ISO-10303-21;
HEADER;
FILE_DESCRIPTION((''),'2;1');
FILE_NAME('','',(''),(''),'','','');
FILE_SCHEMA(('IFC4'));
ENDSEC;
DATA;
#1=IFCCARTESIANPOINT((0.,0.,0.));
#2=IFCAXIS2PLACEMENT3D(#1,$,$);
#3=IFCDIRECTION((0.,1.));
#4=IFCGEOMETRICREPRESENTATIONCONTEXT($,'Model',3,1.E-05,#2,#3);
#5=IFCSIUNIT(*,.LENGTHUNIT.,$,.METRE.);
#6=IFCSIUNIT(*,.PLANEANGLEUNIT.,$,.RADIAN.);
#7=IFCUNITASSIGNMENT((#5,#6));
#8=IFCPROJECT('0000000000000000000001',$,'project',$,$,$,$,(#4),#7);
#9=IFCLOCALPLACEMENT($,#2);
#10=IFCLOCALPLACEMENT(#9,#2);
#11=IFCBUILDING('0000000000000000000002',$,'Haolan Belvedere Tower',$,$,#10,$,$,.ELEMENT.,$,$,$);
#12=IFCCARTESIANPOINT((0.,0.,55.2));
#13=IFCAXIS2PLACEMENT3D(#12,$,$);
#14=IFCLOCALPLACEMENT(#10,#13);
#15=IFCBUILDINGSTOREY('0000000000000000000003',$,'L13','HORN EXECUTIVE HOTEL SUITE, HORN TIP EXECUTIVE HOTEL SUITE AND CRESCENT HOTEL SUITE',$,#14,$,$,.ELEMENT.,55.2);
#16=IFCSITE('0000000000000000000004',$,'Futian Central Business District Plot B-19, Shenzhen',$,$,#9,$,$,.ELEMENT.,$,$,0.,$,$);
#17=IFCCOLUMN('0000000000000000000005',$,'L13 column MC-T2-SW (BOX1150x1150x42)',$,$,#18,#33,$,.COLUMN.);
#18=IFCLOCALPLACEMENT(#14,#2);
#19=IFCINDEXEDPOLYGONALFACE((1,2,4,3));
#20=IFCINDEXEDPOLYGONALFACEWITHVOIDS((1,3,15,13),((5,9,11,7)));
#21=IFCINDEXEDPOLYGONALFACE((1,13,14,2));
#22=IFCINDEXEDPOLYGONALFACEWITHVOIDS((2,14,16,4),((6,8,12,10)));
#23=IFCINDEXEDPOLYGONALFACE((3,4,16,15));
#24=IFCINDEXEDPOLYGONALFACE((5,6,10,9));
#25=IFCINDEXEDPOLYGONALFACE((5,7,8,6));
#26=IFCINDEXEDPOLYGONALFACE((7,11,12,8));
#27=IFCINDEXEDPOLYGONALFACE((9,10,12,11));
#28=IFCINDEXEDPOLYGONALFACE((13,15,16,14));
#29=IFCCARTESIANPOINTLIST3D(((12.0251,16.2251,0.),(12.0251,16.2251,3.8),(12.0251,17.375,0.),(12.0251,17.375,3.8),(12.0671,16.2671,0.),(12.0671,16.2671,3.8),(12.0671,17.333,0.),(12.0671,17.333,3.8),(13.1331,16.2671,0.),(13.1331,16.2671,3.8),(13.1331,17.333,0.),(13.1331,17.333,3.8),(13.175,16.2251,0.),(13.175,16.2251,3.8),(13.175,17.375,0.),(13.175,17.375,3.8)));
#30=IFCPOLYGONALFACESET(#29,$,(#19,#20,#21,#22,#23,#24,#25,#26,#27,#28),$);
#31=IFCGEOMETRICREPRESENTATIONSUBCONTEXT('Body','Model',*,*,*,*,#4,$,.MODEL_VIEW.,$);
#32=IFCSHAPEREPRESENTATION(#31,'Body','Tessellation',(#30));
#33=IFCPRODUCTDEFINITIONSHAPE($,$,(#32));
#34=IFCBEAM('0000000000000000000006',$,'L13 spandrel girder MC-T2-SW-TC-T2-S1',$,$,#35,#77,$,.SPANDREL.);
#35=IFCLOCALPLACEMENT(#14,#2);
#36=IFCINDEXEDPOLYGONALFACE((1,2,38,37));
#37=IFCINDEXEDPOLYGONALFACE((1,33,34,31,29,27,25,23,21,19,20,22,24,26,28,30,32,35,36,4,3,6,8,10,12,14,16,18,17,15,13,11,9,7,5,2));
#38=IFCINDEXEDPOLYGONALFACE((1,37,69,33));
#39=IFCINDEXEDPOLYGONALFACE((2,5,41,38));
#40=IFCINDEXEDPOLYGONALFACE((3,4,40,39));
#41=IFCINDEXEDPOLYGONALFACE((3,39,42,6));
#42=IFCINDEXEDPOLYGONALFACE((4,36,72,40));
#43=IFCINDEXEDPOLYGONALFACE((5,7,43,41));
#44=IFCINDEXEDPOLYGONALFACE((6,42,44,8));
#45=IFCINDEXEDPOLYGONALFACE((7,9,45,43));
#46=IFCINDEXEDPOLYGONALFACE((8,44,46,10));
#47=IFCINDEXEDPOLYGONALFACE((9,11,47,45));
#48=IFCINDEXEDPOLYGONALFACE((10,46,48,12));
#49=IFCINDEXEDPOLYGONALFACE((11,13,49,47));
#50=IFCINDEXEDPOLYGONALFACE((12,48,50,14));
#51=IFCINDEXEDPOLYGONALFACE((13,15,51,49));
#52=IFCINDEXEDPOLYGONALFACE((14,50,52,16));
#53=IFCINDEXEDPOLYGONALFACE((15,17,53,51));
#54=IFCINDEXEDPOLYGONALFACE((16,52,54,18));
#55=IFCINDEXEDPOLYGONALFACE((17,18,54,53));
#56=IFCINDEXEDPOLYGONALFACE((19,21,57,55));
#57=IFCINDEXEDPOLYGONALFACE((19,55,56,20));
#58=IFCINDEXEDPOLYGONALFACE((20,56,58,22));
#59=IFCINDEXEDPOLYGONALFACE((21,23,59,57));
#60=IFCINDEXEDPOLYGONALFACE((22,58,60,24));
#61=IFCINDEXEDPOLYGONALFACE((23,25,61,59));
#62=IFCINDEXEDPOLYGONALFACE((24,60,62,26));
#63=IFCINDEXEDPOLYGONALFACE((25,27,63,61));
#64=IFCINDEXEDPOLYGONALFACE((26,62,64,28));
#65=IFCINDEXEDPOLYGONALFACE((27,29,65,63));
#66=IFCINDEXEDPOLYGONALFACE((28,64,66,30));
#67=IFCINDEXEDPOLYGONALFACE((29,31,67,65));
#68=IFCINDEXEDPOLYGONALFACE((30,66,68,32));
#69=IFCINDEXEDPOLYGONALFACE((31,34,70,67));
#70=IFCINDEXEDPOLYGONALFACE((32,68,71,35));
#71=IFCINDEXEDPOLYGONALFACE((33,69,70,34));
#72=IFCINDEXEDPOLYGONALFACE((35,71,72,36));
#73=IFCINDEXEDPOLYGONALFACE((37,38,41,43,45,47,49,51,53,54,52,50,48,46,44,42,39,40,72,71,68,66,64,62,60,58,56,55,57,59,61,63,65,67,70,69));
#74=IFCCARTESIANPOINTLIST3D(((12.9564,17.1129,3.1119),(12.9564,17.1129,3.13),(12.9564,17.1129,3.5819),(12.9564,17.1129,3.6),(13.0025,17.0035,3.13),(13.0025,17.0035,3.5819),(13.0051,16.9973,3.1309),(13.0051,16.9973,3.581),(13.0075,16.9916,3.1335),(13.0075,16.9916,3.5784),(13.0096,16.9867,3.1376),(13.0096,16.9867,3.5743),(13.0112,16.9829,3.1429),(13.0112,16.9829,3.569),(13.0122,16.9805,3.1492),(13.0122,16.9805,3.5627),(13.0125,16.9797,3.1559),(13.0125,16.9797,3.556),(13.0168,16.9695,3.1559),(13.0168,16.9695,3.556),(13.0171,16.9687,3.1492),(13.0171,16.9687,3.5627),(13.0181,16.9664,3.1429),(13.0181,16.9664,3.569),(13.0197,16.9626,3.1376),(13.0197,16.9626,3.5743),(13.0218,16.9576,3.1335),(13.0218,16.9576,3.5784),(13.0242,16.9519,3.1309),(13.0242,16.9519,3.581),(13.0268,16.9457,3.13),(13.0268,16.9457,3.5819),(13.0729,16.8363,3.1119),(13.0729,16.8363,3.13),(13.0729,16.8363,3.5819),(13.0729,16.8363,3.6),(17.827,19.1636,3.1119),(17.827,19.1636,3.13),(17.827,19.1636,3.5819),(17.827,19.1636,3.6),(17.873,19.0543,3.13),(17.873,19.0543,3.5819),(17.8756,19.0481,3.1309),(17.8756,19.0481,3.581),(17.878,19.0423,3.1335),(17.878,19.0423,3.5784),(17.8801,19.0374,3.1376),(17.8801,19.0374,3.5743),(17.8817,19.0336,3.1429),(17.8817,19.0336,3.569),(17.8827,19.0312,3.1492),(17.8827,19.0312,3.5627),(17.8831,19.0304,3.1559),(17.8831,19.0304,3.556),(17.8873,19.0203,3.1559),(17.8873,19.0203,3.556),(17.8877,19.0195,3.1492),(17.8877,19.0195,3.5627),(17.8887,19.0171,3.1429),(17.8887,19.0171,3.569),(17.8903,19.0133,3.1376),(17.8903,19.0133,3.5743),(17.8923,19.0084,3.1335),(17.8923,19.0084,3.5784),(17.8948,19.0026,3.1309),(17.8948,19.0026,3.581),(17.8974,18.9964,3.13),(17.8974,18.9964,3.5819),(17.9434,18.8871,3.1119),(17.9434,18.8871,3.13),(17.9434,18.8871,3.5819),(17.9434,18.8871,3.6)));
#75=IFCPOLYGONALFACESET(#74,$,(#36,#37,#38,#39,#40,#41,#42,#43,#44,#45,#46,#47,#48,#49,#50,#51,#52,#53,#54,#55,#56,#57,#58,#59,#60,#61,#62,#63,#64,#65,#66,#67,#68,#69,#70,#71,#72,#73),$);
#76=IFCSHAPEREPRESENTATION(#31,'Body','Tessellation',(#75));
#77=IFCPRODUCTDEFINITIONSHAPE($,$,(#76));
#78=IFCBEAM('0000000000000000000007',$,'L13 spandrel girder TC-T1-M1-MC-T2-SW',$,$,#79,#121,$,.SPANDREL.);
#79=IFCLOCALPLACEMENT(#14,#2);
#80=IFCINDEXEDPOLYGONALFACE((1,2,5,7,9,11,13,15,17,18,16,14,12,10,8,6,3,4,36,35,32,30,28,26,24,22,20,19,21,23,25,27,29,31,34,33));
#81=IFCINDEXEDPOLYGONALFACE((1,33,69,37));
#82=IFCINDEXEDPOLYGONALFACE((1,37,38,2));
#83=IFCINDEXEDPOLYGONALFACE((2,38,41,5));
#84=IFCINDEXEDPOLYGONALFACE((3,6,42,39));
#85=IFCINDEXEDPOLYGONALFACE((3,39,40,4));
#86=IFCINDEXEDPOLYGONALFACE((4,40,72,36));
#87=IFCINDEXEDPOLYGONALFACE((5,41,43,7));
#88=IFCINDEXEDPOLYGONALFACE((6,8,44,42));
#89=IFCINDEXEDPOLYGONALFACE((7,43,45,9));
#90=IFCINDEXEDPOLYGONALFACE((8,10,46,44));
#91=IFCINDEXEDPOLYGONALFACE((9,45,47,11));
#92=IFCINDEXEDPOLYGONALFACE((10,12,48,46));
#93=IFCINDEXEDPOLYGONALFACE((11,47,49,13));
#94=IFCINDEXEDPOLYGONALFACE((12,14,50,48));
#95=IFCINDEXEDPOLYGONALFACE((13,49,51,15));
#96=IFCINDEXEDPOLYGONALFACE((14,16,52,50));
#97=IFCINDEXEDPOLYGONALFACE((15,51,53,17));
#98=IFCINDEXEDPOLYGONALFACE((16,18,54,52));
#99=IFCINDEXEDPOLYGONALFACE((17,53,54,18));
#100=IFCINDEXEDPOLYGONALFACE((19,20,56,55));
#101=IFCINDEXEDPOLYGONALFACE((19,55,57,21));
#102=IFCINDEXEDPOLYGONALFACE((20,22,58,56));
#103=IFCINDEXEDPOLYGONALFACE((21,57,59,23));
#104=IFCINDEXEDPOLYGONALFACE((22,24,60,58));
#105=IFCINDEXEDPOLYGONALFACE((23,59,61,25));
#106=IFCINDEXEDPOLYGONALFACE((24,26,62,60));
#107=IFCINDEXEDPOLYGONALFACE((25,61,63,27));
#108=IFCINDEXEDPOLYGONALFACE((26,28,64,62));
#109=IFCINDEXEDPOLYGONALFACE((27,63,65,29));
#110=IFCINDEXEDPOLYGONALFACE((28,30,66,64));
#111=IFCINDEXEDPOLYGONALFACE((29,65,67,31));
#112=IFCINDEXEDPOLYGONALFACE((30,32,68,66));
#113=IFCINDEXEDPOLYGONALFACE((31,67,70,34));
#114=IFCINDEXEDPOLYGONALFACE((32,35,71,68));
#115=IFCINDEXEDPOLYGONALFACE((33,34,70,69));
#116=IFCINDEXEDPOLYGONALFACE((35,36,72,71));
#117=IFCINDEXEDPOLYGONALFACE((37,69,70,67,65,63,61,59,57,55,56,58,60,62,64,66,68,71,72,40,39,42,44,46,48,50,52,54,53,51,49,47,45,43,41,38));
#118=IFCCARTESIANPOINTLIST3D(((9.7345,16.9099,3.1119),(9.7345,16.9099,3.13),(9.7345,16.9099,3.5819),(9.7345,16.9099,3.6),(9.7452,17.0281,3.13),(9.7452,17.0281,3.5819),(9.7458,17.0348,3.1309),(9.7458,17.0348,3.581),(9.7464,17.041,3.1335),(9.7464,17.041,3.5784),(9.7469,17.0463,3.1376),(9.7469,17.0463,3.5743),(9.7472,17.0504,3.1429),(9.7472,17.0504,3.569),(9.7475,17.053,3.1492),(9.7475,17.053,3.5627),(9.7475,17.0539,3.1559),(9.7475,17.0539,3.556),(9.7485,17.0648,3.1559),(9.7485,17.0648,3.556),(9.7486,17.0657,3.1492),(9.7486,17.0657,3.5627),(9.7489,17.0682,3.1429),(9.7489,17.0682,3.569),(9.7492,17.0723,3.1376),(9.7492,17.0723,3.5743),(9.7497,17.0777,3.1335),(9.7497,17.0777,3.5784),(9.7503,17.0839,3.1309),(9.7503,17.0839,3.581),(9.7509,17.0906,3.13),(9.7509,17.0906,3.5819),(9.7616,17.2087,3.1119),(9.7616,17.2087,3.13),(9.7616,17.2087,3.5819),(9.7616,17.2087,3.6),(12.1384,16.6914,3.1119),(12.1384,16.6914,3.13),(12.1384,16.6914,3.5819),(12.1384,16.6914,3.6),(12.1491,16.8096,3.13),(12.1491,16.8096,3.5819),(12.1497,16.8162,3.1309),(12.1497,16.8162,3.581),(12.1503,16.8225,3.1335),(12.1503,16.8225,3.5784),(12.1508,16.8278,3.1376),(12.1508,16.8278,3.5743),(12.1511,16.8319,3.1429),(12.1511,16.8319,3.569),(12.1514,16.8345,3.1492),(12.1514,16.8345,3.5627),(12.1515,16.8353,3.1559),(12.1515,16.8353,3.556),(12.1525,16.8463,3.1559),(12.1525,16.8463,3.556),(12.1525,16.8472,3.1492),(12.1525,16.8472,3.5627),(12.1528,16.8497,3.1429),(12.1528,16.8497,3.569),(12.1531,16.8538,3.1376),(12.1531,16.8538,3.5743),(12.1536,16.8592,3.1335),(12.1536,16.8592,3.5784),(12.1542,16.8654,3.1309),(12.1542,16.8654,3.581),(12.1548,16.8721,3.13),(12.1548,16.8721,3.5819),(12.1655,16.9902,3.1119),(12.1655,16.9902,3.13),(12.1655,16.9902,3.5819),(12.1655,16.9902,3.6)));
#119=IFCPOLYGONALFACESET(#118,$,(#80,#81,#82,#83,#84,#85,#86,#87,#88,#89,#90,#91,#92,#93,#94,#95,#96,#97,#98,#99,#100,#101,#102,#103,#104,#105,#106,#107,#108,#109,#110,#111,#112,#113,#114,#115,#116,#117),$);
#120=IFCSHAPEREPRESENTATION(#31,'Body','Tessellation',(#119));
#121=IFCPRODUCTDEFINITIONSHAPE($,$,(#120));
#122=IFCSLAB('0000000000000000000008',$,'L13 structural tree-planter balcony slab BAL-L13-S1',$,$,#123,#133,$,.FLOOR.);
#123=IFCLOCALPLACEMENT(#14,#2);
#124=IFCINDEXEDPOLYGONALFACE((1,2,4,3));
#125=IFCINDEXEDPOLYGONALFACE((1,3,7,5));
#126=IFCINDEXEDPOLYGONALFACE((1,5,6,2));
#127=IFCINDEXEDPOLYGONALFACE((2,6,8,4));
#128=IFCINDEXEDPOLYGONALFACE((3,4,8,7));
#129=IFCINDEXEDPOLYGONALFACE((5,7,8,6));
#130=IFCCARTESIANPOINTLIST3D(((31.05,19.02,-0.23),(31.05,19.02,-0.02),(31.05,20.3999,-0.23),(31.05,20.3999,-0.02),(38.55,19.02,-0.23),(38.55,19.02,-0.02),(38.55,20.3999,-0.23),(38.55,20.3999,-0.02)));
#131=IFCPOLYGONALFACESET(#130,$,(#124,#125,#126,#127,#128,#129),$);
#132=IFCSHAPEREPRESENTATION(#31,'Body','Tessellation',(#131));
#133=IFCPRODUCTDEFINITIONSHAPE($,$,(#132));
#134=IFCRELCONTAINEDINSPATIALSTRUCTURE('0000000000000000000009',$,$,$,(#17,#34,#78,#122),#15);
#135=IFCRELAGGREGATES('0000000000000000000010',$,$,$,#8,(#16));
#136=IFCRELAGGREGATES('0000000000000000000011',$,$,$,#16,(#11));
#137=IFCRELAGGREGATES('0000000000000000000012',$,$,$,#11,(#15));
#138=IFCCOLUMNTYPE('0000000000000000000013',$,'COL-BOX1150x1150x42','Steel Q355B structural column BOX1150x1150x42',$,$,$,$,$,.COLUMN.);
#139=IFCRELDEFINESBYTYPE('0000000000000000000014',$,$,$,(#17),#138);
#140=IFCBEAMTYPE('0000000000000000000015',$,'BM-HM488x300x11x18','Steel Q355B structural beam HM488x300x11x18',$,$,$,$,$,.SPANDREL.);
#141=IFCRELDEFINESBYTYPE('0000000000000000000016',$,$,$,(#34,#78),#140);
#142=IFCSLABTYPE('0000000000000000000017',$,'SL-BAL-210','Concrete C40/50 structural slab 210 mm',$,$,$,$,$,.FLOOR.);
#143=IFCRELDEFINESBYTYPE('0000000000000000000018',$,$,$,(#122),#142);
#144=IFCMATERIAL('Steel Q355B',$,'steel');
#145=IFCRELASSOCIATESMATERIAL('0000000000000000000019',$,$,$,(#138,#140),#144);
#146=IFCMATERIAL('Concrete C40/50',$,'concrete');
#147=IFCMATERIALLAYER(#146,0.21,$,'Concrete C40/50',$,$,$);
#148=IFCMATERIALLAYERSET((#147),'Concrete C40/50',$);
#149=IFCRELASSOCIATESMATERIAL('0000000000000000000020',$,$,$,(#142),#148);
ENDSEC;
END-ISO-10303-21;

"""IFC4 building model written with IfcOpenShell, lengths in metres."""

from ifc_helpers import new_model, si_unit, direction, frame, origin, origin_2d, place, context, subcontext, project, spatial, polyline, hollow_rectangle, i_section, outline, extrude, material, layer, layer_set, material_profile, profile_set, type_object, element, save


model = new_model("IFC4")

# Units and contexts
model_context = context("Model", 3, precision=1e-05, world=origin(), true_north=direction((0.0, 1.0)))
body_context = subcontext(model_context, "Body", "Model", "MODEL_VIEW")
ifc_project = project(units=[si_unit("LENGTHUNIT", "METRE"), si_unit("PLANEANGLEUNIT", "RADIAN")], contexts=[model_context])

# Site, building, storey
site_placement = place(None, origin())
site = spatial("IfcSite", under=ifc_project, at=site_placement, Name="Futian Central Business District Plot B-19, Shenzhen", CompositionType="ELEMENT", RefElevation=0.0)
building_placement = place(site_placement, origin())
building = spatial("IfcBuilding", under=site, at=building_placement, Name="Haolan Belvedere Tower", CompositionType="ELEMENT")
storey_placement = place(building_placement, frame((0.0, 0.0, 55.2)))
storey = spatial("IfcBuildingStorey", under=building, at=storey_placement, Name="L13", Description="HORN EXECUTIVE HOTEL SUITE, HORN TIP EXECUTIVE HOTEL SUITE AND CRESCENT HOTEL SUITE", CompositionType="ELEMENT", Elevation=55.2)

# Column
ifc_material_1 = material(Name="Steel Q355B", Category="steel")
ifc_material_profile_1 = material_profile(ifc_material_1, hollow_rectangle(XDim=1.1499, YDim=1.1499, WallThickness=0.042, at=origin_2d()), Name="Steel Q355B")
ifc_profile_set_1 = profile_set([ifc_material_profile_1], Name="Steel Q355B")
column_type = type_object("IfcColumnType", Name="COL-BOX1150x1150x42", Description="Steel Q355B structural column BOX1150x1150x42", PredefinedType="COLUMN", material=ifc_profile_set_1)
column_placement = place(storey_placement, frame((12.6001, 16.8, 0.0), z_axis=(0.0, 0.0, 1.0), x_axis=(1.0, 0.0, 0.0)))
element("IfcColumn", 1, at=column_placement, inside=storey, type_object=column_type, Name="L13 column MC-T2-SW (BOX1150x1150x42)", PredefinedType="COLUMN", context=body_context, shape_type="SweptSolid", body=[
    extrude(hollow_rectangle(XDim=1.1499, YDim=1.1499, WallThickness=0.042, at=origin_2d()), origin(), (0.0, 0.0, 1.0), 3.8),
])

# Beams
ifc_material_profile_2 = material_profile(ifc_material_1, i_section(OverallWidth=0.3, OverallDepth=0.488, WebThickness=0.011, FlangeThickness=0.0181, FilletRadius=0.0259, at=origin_2d()), Name="Steel Q355B")
ifc_profile_set_2 = profile_set([ifc_material_profile_2], Name="Steel Q355B")
beam_type = type_object("IfcBeamType", Name="BM-HM488x300x11x18", Description="Steel Q355B structural beam HM488x300x11x18", PredefinedType="SPANDREL", material=ifc_profile_set_2)
beam_1_placement = place(storey_placement, frame((13.0146, 16.9746, 3.356), z_axis=(0.921635, 0.388057, 0.0), x_axis=(-0.388057, 0.921635, 0.0)))
element("IfcBeam", 2, at=beam_1_placement, inside=storey, type_object=beam_type, Name="L13 spandrel girder MC-T2-SW-TC-T2-S1", PredefinedType="SPANDREL", context=body_context, shape_type="SweptSolid", body=[
    extrude(i_section(OverallWidth=0.3, OverallDepth=0.488, WebThickness=0.011, FlangeThickness=0.0181, FilletRadius=0.0259, at=origin_2d()), origin(), (0.0, 0.0, 1.0), 5.2847),
])
beam_2_placement = place(storey_placement, frame((9.748, 17.0593, 3.356), z_axis=(0.995894, -0.090527, 0.0), x_axis=(0.090527, 0.995894, 0.0)))
element("IfcBeam", 3, at=beam_2_placement, inside=storey, type_object=beam_type, Name="L13 spandrel girder TC-T1-M1-MC-T2-SW", PredefinedType="SPANDREL", context=body_context, shape_type="SweptSolid", body=[
    extrude(i_section(OverallWidth=0.3, OverallDepth=0.488, WebThickness=0.011, FlangeThickness=0.0181, FilletRadius=0.0259, at=origin_2d()), origin(), (0.0, 0.0, 1.0), 2.4138),
])

# Slab
ifc_material_2 = material(Name="Concrete C40/50", Category="concrete")
ifc_layer_1 = layer(ifc_material_2, 0.21, Name="Concrete C40/50")
ifc_layer_set_1 = layer_set([ifc_layer_1], Name="Concrete C40/50")
slab_type_1 = type_object("IfcSlabType", Name="SL-BAL-210", Description="Concrete C40/50 structural slab 210 mm", PredefinedType="FLOOR", material=ifc_layer_set_1)
slab_1_placement = place(storey_placement, frame((0.0, 0.0, -0.23)))
element("IfcSlab", 4, at=slab_1_placement, inside=storey, type_object=slab_type_1, Name="L13 structural tree-planter balcony slab BAL-L13-S1", PredefinedType="FLOOR", context=body_context, shape_type="SweptSolid", body=[
    extrude(outline(polyline([(31.05, 19.02), (38.55, 19.02), (38.55, 20.3999), (31.05, 20.3999), (31.05, 19.02)])), origin(), (0.0, 0.0, 1.0), 0.21),
])

save(model, "model.ifc")
